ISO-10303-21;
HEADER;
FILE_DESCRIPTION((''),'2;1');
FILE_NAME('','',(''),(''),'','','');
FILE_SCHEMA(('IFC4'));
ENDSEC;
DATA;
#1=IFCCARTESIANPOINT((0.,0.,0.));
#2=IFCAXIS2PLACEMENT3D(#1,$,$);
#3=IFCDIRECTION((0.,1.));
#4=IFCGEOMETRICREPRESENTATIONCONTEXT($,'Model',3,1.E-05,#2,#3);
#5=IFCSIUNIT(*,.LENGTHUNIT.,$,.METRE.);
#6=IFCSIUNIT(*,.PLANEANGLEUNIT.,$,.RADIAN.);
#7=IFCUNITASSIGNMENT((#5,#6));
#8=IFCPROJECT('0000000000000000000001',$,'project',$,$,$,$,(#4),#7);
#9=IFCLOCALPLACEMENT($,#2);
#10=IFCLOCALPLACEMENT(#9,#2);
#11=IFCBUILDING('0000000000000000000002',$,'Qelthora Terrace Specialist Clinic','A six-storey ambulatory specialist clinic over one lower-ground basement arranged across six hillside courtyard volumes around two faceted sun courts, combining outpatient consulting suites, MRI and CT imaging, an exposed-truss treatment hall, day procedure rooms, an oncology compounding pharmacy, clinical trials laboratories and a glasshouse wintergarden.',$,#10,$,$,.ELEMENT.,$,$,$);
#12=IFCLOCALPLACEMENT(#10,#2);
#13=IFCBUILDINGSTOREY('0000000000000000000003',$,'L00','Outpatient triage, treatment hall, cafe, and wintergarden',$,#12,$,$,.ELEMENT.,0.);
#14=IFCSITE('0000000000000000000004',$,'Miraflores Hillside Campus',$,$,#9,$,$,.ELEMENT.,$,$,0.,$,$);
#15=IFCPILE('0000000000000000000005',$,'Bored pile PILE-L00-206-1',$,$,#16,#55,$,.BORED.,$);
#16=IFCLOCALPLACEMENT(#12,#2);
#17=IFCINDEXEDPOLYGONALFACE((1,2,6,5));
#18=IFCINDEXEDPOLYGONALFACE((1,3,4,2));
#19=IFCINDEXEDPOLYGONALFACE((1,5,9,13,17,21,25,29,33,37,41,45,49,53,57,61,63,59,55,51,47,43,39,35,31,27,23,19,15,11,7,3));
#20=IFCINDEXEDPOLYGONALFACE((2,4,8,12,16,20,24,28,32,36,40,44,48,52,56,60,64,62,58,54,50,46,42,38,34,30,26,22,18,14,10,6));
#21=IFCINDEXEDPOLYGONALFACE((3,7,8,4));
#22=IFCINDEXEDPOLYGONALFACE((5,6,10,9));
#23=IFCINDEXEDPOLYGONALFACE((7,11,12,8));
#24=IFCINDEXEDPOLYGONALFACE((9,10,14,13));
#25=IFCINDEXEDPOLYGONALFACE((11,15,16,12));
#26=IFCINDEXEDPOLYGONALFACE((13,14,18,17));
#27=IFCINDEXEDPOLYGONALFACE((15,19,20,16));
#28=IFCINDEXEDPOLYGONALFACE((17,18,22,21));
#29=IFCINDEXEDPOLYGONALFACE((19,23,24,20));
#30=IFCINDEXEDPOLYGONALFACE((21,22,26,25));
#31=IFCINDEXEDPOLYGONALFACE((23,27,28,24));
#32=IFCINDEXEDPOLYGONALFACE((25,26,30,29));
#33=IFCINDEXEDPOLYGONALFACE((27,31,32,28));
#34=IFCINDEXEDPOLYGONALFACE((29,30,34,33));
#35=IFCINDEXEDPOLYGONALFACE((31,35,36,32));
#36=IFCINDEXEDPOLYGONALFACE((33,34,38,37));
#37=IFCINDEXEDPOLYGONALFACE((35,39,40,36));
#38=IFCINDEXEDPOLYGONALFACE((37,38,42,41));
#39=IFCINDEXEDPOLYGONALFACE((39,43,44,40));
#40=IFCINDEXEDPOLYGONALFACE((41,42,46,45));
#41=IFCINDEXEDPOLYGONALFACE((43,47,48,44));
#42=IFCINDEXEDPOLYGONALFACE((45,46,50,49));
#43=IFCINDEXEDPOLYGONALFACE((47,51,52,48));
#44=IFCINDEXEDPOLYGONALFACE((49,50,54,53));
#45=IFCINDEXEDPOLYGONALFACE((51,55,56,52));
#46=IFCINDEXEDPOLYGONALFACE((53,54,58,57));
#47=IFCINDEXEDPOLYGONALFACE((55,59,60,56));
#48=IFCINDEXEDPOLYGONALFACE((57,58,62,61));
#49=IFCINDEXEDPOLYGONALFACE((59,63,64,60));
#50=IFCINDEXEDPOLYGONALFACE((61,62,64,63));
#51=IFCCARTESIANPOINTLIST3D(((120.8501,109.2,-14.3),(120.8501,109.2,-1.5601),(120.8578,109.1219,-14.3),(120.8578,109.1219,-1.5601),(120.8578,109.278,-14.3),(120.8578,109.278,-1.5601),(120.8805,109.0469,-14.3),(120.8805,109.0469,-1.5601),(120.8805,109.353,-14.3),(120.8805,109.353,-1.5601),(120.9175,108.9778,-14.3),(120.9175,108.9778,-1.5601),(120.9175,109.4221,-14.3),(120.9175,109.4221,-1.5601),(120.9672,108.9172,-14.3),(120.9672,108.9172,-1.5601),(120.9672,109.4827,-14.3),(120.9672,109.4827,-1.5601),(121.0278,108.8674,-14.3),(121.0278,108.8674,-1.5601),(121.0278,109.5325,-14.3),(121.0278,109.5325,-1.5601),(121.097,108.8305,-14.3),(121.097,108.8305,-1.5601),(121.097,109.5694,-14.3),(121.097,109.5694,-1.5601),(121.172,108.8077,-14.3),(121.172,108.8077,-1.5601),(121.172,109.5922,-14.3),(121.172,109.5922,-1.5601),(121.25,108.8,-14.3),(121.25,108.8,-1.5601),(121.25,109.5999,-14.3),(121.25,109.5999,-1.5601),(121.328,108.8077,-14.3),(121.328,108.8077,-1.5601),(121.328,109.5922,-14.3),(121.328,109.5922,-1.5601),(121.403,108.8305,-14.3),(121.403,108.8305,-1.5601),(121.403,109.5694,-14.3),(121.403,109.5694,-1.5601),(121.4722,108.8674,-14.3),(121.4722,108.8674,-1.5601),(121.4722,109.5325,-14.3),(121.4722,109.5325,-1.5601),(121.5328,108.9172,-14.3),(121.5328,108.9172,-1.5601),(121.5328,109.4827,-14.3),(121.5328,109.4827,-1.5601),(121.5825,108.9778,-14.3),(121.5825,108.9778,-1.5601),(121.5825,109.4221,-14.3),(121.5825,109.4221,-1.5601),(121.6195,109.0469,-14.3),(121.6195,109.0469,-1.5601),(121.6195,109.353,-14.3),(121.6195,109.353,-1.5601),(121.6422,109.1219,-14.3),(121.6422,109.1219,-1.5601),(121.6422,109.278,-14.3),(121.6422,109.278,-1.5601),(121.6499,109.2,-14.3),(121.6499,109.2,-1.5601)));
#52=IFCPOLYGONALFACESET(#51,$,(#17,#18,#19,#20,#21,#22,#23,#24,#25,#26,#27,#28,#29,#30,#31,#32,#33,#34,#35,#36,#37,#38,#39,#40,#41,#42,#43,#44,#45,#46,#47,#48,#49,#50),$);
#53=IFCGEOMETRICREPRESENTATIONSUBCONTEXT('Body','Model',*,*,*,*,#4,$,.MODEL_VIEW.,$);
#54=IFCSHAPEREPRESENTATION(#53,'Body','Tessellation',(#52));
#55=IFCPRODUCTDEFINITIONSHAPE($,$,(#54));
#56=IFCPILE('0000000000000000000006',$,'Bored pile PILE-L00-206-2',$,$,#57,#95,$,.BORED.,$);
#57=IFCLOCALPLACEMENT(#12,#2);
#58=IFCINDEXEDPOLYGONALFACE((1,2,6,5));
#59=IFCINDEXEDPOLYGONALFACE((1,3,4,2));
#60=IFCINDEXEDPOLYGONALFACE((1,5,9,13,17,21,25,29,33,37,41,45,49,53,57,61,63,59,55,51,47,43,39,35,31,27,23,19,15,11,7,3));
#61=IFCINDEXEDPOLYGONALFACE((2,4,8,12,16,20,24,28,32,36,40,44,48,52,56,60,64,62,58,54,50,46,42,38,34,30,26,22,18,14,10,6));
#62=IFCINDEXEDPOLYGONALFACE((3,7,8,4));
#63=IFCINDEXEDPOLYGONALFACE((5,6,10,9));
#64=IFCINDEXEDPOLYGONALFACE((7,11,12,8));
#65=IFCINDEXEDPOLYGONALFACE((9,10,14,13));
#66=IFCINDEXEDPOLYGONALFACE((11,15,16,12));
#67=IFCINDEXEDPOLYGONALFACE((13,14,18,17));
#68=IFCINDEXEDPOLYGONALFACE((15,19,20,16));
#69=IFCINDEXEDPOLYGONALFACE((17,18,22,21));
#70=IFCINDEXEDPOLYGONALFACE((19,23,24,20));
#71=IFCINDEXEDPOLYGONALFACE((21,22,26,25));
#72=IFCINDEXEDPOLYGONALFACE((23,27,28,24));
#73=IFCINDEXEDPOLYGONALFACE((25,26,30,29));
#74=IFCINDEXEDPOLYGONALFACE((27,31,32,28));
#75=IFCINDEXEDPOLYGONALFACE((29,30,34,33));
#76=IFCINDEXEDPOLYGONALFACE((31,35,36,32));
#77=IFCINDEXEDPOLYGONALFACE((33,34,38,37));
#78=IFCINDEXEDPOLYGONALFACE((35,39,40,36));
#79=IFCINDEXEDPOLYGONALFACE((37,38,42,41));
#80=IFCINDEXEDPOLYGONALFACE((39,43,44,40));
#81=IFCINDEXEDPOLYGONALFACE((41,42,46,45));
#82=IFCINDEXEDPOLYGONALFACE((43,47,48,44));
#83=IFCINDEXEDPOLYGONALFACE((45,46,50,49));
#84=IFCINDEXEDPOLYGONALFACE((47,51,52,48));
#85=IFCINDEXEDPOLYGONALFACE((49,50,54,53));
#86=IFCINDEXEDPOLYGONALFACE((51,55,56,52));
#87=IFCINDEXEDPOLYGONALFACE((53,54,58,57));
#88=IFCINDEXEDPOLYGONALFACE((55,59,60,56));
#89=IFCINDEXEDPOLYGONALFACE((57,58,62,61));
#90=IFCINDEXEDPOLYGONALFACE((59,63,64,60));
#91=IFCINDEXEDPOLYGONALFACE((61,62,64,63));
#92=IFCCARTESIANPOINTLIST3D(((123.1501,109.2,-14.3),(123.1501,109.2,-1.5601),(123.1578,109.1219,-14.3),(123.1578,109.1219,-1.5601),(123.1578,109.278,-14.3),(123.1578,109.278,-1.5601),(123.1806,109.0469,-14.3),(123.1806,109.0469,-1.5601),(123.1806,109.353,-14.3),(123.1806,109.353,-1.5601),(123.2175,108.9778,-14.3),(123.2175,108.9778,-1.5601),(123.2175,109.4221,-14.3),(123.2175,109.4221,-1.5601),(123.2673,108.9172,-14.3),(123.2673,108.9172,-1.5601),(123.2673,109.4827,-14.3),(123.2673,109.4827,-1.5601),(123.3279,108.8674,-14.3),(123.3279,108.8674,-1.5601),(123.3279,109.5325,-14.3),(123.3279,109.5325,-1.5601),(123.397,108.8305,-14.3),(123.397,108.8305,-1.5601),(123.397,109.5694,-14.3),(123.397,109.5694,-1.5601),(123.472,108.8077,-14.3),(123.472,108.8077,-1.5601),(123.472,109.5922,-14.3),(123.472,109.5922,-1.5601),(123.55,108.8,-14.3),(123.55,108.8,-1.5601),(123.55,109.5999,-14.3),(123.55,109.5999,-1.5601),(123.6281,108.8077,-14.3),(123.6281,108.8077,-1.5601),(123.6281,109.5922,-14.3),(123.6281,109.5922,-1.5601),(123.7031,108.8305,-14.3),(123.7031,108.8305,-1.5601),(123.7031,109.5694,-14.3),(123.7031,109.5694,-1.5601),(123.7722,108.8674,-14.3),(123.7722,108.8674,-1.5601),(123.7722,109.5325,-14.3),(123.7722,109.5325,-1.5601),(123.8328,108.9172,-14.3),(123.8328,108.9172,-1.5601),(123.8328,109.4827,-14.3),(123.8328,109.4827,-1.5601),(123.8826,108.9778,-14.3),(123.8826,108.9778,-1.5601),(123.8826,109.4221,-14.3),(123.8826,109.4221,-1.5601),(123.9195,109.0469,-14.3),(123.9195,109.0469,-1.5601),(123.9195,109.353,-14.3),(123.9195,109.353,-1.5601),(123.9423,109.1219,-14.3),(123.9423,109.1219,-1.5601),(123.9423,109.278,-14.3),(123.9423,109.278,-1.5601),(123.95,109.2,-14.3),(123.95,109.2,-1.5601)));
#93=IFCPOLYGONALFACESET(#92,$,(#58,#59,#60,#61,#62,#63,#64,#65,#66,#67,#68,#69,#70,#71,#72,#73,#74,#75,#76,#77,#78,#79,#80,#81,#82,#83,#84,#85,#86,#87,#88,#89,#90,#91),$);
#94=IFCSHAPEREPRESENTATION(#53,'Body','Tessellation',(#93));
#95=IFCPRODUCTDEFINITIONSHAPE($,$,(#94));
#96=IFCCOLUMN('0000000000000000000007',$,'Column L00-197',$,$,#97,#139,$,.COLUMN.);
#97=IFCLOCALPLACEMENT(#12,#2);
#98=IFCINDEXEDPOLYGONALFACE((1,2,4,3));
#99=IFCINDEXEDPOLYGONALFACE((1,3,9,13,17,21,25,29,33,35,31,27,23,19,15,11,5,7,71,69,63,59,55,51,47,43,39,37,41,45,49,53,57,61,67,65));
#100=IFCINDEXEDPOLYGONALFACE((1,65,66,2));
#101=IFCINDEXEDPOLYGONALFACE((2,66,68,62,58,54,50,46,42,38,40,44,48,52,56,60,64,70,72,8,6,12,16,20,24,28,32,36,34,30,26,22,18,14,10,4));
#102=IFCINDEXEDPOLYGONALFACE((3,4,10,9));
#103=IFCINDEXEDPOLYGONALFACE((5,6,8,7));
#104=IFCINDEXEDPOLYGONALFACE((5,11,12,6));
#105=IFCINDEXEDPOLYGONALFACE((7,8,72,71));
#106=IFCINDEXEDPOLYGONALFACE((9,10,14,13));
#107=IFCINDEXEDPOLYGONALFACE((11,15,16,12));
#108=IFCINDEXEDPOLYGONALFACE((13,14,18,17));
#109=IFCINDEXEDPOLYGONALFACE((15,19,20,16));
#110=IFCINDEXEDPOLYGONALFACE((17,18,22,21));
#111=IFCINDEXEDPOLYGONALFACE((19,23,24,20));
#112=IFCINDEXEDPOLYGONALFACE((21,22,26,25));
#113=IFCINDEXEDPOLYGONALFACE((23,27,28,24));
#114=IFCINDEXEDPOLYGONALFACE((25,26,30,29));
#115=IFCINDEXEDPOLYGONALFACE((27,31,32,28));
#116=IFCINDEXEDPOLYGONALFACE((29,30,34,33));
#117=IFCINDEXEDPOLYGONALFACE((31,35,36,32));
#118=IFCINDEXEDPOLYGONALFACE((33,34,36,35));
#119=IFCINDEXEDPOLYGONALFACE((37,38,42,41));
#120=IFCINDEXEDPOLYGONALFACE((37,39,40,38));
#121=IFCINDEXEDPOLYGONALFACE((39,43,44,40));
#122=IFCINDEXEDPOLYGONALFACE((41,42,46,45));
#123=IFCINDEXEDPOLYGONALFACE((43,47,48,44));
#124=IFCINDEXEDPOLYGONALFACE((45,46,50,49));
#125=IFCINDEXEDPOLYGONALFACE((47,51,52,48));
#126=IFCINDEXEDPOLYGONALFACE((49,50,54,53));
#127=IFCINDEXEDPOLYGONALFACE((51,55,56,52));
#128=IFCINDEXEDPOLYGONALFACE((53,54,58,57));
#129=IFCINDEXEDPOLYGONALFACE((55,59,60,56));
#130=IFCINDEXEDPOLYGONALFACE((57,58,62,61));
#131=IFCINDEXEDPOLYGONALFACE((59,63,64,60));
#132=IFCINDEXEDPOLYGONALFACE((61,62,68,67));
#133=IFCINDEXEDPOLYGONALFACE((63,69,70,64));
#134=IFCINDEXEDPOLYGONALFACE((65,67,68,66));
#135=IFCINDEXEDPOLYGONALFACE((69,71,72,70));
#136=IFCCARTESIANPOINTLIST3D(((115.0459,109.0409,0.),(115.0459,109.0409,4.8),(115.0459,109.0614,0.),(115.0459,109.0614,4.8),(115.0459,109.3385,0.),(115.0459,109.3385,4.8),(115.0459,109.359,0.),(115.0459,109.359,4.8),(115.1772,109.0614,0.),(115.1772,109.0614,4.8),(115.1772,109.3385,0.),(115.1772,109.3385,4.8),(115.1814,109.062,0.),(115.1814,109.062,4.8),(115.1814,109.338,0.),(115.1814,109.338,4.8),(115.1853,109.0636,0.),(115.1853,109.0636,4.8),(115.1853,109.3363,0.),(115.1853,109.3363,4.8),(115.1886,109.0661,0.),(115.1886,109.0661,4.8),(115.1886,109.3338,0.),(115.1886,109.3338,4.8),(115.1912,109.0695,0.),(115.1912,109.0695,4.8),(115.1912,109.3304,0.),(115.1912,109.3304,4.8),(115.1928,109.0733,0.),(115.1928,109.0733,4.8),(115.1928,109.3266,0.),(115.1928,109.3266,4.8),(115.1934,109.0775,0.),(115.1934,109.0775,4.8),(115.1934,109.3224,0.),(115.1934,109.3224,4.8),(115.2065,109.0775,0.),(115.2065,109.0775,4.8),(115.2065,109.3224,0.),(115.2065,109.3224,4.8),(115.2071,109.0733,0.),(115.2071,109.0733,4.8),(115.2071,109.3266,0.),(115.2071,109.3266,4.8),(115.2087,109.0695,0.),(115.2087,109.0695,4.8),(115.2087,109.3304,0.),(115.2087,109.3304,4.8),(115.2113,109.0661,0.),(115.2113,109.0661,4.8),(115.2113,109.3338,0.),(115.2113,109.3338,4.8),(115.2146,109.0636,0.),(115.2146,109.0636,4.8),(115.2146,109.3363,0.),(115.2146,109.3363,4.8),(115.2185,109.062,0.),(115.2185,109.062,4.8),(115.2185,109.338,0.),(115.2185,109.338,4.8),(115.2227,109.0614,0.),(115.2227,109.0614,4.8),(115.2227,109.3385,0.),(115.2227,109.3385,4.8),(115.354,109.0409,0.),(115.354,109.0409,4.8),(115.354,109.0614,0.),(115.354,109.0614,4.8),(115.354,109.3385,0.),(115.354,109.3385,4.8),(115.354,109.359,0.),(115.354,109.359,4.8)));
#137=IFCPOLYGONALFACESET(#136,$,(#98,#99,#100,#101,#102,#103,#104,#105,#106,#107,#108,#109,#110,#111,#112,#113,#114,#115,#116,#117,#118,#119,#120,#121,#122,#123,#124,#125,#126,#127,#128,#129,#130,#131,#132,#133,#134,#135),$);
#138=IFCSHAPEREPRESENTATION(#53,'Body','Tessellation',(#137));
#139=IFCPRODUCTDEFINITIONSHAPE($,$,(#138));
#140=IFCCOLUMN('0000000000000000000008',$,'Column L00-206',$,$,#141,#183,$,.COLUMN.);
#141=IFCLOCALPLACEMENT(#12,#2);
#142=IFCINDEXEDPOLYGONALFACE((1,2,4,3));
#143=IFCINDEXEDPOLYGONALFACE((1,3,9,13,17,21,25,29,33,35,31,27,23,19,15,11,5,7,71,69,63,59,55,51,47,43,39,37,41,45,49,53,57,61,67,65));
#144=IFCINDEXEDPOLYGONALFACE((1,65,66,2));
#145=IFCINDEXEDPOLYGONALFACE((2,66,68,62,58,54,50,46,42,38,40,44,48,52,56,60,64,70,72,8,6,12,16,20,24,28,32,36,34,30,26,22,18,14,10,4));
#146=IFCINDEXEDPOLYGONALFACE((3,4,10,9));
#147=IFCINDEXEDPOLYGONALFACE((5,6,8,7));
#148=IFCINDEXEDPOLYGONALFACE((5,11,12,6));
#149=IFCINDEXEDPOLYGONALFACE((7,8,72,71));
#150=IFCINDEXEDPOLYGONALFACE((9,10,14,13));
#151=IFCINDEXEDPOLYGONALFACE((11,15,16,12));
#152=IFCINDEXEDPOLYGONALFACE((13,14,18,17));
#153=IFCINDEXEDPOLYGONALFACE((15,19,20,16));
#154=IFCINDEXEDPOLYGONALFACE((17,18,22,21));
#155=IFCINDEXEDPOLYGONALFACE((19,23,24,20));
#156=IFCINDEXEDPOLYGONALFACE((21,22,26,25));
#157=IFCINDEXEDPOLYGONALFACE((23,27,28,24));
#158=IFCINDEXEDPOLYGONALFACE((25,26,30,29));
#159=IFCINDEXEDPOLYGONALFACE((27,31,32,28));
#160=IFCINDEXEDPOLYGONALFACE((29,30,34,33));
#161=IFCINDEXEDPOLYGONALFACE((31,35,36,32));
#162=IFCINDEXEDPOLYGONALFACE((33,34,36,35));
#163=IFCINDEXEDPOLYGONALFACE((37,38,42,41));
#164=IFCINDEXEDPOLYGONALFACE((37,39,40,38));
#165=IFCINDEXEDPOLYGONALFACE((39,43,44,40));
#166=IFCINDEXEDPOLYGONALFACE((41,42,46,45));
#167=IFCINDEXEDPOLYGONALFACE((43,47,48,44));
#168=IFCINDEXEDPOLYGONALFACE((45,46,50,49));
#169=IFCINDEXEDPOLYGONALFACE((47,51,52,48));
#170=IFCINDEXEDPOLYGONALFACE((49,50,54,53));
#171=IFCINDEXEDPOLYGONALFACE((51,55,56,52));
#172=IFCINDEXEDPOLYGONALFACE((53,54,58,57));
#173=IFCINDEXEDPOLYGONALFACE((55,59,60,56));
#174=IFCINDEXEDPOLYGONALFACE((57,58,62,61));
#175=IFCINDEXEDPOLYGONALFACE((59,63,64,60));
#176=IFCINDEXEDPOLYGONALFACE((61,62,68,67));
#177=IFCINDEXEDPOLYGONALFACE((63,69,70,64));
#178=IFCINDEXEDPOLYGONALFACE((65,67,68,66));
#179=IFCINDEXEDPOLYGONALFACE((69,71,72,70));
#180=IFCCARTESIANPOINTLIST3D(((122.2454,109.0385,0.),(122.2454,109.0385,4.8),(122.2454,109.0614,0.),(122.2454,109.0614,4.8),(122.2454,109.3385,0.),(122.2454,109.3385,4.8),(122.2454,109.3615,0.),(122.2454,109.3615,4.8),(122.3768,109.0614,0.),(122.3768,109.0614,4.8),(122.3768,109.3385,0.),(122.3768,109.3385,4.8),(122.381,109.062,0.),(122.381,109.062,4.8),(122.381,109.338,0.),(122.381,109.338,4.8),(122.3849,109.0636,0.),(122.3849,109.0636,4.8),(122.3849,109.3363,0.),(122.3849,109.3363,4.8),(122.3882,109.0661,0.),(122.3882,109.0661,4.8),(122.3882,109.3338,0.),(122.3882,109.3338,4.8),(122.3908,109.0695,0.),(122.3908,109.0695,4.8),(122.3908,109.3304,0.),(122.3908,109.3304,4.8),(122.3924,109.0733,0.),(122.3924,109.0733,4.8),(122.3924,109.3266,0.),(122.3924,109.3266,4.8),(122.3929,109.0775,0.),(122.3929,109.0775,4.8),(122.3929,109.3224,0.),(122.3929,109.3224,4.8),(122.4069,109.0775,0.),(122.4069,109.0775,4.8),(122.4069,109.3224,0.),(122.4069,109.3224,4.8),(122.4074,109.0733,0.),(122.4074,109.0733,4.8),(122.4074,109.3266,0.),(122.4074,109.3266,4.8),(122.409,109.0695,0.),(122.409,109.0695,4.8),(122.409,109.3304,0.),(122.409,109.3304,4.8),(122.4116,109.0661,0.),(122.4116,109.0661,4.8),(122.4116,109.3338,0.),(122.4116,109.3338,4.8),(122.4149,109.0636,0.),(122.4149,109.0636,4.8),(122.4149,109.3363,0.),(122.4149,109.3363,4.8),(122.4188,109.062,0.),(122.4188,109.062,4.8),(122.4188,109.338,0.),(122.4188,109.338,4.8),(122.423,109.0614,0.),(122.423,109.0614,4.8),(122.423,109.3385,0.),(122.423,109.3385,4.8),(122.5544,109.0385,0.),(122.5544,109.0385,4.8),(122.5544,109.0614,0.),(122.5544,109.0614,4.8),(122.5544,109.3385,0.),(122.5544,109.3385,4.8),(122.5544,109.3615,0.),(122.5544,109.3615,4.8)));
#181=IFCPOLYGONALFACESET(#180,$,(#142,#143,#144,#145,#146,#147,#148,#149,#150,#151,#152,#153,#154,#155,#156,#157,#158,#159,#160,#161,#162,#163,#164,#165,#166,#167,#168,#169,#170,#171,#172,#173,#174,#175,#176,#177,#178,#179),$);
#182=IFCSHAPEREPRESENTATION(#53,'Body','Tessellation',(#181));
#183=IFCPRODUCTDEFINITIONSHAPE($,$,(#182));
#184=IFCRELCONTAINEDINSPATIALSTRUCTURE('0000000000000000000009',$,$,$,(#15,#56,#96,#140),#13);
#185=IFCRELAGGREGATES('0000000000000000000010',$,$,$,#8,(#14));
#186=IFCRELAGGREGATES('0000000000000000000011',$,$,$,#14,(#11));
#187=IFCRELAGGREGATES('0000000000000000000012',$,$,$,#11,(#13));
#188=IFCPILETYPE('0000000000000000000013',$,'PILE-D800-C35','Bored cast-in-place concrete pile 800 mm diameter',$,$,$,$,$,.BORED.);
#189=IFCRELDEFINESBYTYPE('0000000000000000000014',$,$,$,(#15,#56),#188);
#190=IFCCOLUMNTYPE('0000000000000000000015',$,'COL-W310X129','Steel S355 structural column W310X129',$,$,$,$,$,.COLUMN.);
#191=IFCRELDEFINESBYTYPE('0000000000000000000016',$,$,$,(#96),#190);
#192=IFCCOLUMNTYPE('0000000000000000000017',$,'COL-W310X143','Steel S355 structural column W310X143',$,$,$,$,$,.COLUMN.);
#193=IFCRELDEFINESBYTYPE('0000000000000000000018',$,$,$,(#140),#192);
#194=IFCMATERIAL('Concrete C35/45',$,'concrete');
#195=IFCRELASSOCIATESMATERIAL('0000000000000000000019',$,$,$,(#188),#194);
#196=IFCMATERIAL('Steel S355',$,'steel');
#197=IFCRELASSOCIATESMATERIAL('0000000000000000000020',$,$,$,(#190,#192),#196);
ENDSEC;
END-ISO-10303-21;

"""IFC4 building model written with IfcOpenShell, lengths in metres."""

from ifc_helpers import new_model, si_unit, direction, frame, origin, origin_2d, place, context, subcontext, project, spatial, circle, i_section, extrude, material, material_profile, profile_set, type_object, element, save


model = new_model("IFC4")

# Units and contexts
model_context = context("Model", 3, precision=1e-05, world=origin(), true_north=direction((0.0, 1.0)))
body_context = subcontext(model_context, "Body", "Model", "MODEL_VIEW")
ifc_project = project(units=[si_unit("LENGTHUNIT", "METRE"), si_unit("PLANEANGLEUNIT", "RADIAN")], contexts=[model_context])

# Site, building, storey
site_placement = place(None, origin())
site = spatial("IfcSite", under=ifc_project, at=site_placement, Name="Miraflores Hillside Campus", CompositionType="ELEMENT", RefElevation=0.0)
building_placement = place(site_placement, origin())
building = spatial("IfcBuilding", under=site, at=building_placement, Name="Qelthora Terrace Specialist Clinic", Description="A six-storey ambulatory specialist clinic over one lower-ground basement arranged across six hillside courtyard volumes around two faceted sun courts, combining outpatient consulting suites, MRI and CT imaging, an exposed-truss treatment hall, day procedure rooms, an oncology compounding pharmacy, clinical trials laboratories and a glasshouse wintergarden.", CompositionType="ELEMENT")
storey_placement = place(building_placement, origin())
storey = spatial("IfcBuildingStorey", under=building, at=storey_placement, Name="L00", Description="Outpatient triage, treatment hall, cafe, and wintergarden", CompositionType="ELEMENT", Elevation=0.0)

# Shared definitions
ifc_material_1 = material(Name="Concrete C35/45", Category="concrete")

# Piles
ifc_material_profile_1 = material_profile(ifc_material_1, circle(Radius=0.3999, at=origin_2d()), Name="PILE800")
ifc_profile_set_1 = profile_set([ifc_material_profile_1], Name="Concrete C35/45")
pile_type_1 = type_object("IfcPileType", Name="PILE-D800-C35", Description="Bored cast-in-place concrete pile 800 mm diameter", PredefinedType="BORED", material=ifc_profile_set_1)
for number, where, z_axis, x_axis, name in (
    (1, (121.25, 109.2, -1.5601), (0.0, 0.0, -1.0), (1.0, 0.0, 0.0), "Bored pile PILE-L00-206-1"),
    (2, (123.55, 109.2, -1.5601), (0.0, 0.0, -1.0), (1.0, 0.0, 0.0), "Bored pile PILE-L00-206-2"),
):
    element("IfcPile", number, at=place(storey_placement, frame(where, z_axis=z_axis, x_axis=x_axis)), inside=storey, type_object=pile_type_1, Name=name, PredefinedType="BORED", context=body_context, shape_type="SweptSolid", body=[
        extrude(circle(Radius=0.3999, at=origin_2d()), origin(), (0.0, 0.0, 1.0), 12.74),
    ])

# Columns
ifc_material_2 = material(Name="Steel S355", Category="steel")
ifc_material_profile_2 = material_profile(ifc_material_2, i_section(OverallWidth=0.3081, OverallDepth=0.3181, WebThickness=0.0132, FlangeThickness=0.0205, FilletRadius=0.0161, at=origin_2d()), Name="W310X129")
ifc_profile_set_2 = profile_set([ifc_material_profile_2], Name="Steel S355")
column_type_1 = type_object("IfcColumnType", Name="COL-W310X129", Description="Steel S355 structural column W310X129", PredefinedType="COLUMN", material=ifc_profile_set_2)
column_1_placement = place(storey_placement, frame((115.2, 109.2, 0.0), z_axis=(0.0, 0.0, 1.0), x_axis=(1.0, 0.0, 0.0)))
element("IfcColumn", 3, at=column_1_placement, inside=storey, type_object=column_type_1, Name="Column L00-197", PredefinedType="COLUMN", context=body_context, shape_type="SweptSolid", body=[
    extrude(i_section(OverallWidth=0.3081, OverallDepth=0.3181, WebThickness=0.0132, FlangeThickness=0.0205, FilletRadius=0.0161, at=origin_2d()), origin(), (0.0, 0.0, 1.0), 4.8),
])
ifc_material_profile_3 = material_profile(ifc_material_2, i_section(OverallWidth=0.3091, OverallDepth=0.323, WebThickness=0.0139, FlangeThickness=0.0229, FilletRadius=0.0161, at=origin_2d()), Name="W310X143")
ifc_profile_set_3 = profile_set([ifc_material_profile_3], Name="Steel S355")
column_type_2 = type_object("IfcColumnType", Name="COL-W310X143", Description="Steel S355 structural column W310X143", PredefinedType="COLUMN", material=ifc_profile_set_3)
column_2_placement = place(storey_placement, frame((122.3999, 109.2, 0.0), z_axis=(0.0, 0.0, 1.0), x_axis=(1.0, 0.0, 0.0)))
element("IfcColumn", 4, at=column_2_placement, inside=storey, type_object=column_type_2, Name="Column L00-206", PredefinedType="COLUMN", context=body_context, shape_type="SweptSolid", body=[
    extrude(i_section(OverallWidth=0.3091, OverallDepth=0.323, WebThickness=0.0139, FlangeThickness=0.0229, FilletRadius=0.0161, at=origin_2d()), origin(), (0.0, 0.0, 1.0), 4.8),
])

save(model, "model.ifc")
